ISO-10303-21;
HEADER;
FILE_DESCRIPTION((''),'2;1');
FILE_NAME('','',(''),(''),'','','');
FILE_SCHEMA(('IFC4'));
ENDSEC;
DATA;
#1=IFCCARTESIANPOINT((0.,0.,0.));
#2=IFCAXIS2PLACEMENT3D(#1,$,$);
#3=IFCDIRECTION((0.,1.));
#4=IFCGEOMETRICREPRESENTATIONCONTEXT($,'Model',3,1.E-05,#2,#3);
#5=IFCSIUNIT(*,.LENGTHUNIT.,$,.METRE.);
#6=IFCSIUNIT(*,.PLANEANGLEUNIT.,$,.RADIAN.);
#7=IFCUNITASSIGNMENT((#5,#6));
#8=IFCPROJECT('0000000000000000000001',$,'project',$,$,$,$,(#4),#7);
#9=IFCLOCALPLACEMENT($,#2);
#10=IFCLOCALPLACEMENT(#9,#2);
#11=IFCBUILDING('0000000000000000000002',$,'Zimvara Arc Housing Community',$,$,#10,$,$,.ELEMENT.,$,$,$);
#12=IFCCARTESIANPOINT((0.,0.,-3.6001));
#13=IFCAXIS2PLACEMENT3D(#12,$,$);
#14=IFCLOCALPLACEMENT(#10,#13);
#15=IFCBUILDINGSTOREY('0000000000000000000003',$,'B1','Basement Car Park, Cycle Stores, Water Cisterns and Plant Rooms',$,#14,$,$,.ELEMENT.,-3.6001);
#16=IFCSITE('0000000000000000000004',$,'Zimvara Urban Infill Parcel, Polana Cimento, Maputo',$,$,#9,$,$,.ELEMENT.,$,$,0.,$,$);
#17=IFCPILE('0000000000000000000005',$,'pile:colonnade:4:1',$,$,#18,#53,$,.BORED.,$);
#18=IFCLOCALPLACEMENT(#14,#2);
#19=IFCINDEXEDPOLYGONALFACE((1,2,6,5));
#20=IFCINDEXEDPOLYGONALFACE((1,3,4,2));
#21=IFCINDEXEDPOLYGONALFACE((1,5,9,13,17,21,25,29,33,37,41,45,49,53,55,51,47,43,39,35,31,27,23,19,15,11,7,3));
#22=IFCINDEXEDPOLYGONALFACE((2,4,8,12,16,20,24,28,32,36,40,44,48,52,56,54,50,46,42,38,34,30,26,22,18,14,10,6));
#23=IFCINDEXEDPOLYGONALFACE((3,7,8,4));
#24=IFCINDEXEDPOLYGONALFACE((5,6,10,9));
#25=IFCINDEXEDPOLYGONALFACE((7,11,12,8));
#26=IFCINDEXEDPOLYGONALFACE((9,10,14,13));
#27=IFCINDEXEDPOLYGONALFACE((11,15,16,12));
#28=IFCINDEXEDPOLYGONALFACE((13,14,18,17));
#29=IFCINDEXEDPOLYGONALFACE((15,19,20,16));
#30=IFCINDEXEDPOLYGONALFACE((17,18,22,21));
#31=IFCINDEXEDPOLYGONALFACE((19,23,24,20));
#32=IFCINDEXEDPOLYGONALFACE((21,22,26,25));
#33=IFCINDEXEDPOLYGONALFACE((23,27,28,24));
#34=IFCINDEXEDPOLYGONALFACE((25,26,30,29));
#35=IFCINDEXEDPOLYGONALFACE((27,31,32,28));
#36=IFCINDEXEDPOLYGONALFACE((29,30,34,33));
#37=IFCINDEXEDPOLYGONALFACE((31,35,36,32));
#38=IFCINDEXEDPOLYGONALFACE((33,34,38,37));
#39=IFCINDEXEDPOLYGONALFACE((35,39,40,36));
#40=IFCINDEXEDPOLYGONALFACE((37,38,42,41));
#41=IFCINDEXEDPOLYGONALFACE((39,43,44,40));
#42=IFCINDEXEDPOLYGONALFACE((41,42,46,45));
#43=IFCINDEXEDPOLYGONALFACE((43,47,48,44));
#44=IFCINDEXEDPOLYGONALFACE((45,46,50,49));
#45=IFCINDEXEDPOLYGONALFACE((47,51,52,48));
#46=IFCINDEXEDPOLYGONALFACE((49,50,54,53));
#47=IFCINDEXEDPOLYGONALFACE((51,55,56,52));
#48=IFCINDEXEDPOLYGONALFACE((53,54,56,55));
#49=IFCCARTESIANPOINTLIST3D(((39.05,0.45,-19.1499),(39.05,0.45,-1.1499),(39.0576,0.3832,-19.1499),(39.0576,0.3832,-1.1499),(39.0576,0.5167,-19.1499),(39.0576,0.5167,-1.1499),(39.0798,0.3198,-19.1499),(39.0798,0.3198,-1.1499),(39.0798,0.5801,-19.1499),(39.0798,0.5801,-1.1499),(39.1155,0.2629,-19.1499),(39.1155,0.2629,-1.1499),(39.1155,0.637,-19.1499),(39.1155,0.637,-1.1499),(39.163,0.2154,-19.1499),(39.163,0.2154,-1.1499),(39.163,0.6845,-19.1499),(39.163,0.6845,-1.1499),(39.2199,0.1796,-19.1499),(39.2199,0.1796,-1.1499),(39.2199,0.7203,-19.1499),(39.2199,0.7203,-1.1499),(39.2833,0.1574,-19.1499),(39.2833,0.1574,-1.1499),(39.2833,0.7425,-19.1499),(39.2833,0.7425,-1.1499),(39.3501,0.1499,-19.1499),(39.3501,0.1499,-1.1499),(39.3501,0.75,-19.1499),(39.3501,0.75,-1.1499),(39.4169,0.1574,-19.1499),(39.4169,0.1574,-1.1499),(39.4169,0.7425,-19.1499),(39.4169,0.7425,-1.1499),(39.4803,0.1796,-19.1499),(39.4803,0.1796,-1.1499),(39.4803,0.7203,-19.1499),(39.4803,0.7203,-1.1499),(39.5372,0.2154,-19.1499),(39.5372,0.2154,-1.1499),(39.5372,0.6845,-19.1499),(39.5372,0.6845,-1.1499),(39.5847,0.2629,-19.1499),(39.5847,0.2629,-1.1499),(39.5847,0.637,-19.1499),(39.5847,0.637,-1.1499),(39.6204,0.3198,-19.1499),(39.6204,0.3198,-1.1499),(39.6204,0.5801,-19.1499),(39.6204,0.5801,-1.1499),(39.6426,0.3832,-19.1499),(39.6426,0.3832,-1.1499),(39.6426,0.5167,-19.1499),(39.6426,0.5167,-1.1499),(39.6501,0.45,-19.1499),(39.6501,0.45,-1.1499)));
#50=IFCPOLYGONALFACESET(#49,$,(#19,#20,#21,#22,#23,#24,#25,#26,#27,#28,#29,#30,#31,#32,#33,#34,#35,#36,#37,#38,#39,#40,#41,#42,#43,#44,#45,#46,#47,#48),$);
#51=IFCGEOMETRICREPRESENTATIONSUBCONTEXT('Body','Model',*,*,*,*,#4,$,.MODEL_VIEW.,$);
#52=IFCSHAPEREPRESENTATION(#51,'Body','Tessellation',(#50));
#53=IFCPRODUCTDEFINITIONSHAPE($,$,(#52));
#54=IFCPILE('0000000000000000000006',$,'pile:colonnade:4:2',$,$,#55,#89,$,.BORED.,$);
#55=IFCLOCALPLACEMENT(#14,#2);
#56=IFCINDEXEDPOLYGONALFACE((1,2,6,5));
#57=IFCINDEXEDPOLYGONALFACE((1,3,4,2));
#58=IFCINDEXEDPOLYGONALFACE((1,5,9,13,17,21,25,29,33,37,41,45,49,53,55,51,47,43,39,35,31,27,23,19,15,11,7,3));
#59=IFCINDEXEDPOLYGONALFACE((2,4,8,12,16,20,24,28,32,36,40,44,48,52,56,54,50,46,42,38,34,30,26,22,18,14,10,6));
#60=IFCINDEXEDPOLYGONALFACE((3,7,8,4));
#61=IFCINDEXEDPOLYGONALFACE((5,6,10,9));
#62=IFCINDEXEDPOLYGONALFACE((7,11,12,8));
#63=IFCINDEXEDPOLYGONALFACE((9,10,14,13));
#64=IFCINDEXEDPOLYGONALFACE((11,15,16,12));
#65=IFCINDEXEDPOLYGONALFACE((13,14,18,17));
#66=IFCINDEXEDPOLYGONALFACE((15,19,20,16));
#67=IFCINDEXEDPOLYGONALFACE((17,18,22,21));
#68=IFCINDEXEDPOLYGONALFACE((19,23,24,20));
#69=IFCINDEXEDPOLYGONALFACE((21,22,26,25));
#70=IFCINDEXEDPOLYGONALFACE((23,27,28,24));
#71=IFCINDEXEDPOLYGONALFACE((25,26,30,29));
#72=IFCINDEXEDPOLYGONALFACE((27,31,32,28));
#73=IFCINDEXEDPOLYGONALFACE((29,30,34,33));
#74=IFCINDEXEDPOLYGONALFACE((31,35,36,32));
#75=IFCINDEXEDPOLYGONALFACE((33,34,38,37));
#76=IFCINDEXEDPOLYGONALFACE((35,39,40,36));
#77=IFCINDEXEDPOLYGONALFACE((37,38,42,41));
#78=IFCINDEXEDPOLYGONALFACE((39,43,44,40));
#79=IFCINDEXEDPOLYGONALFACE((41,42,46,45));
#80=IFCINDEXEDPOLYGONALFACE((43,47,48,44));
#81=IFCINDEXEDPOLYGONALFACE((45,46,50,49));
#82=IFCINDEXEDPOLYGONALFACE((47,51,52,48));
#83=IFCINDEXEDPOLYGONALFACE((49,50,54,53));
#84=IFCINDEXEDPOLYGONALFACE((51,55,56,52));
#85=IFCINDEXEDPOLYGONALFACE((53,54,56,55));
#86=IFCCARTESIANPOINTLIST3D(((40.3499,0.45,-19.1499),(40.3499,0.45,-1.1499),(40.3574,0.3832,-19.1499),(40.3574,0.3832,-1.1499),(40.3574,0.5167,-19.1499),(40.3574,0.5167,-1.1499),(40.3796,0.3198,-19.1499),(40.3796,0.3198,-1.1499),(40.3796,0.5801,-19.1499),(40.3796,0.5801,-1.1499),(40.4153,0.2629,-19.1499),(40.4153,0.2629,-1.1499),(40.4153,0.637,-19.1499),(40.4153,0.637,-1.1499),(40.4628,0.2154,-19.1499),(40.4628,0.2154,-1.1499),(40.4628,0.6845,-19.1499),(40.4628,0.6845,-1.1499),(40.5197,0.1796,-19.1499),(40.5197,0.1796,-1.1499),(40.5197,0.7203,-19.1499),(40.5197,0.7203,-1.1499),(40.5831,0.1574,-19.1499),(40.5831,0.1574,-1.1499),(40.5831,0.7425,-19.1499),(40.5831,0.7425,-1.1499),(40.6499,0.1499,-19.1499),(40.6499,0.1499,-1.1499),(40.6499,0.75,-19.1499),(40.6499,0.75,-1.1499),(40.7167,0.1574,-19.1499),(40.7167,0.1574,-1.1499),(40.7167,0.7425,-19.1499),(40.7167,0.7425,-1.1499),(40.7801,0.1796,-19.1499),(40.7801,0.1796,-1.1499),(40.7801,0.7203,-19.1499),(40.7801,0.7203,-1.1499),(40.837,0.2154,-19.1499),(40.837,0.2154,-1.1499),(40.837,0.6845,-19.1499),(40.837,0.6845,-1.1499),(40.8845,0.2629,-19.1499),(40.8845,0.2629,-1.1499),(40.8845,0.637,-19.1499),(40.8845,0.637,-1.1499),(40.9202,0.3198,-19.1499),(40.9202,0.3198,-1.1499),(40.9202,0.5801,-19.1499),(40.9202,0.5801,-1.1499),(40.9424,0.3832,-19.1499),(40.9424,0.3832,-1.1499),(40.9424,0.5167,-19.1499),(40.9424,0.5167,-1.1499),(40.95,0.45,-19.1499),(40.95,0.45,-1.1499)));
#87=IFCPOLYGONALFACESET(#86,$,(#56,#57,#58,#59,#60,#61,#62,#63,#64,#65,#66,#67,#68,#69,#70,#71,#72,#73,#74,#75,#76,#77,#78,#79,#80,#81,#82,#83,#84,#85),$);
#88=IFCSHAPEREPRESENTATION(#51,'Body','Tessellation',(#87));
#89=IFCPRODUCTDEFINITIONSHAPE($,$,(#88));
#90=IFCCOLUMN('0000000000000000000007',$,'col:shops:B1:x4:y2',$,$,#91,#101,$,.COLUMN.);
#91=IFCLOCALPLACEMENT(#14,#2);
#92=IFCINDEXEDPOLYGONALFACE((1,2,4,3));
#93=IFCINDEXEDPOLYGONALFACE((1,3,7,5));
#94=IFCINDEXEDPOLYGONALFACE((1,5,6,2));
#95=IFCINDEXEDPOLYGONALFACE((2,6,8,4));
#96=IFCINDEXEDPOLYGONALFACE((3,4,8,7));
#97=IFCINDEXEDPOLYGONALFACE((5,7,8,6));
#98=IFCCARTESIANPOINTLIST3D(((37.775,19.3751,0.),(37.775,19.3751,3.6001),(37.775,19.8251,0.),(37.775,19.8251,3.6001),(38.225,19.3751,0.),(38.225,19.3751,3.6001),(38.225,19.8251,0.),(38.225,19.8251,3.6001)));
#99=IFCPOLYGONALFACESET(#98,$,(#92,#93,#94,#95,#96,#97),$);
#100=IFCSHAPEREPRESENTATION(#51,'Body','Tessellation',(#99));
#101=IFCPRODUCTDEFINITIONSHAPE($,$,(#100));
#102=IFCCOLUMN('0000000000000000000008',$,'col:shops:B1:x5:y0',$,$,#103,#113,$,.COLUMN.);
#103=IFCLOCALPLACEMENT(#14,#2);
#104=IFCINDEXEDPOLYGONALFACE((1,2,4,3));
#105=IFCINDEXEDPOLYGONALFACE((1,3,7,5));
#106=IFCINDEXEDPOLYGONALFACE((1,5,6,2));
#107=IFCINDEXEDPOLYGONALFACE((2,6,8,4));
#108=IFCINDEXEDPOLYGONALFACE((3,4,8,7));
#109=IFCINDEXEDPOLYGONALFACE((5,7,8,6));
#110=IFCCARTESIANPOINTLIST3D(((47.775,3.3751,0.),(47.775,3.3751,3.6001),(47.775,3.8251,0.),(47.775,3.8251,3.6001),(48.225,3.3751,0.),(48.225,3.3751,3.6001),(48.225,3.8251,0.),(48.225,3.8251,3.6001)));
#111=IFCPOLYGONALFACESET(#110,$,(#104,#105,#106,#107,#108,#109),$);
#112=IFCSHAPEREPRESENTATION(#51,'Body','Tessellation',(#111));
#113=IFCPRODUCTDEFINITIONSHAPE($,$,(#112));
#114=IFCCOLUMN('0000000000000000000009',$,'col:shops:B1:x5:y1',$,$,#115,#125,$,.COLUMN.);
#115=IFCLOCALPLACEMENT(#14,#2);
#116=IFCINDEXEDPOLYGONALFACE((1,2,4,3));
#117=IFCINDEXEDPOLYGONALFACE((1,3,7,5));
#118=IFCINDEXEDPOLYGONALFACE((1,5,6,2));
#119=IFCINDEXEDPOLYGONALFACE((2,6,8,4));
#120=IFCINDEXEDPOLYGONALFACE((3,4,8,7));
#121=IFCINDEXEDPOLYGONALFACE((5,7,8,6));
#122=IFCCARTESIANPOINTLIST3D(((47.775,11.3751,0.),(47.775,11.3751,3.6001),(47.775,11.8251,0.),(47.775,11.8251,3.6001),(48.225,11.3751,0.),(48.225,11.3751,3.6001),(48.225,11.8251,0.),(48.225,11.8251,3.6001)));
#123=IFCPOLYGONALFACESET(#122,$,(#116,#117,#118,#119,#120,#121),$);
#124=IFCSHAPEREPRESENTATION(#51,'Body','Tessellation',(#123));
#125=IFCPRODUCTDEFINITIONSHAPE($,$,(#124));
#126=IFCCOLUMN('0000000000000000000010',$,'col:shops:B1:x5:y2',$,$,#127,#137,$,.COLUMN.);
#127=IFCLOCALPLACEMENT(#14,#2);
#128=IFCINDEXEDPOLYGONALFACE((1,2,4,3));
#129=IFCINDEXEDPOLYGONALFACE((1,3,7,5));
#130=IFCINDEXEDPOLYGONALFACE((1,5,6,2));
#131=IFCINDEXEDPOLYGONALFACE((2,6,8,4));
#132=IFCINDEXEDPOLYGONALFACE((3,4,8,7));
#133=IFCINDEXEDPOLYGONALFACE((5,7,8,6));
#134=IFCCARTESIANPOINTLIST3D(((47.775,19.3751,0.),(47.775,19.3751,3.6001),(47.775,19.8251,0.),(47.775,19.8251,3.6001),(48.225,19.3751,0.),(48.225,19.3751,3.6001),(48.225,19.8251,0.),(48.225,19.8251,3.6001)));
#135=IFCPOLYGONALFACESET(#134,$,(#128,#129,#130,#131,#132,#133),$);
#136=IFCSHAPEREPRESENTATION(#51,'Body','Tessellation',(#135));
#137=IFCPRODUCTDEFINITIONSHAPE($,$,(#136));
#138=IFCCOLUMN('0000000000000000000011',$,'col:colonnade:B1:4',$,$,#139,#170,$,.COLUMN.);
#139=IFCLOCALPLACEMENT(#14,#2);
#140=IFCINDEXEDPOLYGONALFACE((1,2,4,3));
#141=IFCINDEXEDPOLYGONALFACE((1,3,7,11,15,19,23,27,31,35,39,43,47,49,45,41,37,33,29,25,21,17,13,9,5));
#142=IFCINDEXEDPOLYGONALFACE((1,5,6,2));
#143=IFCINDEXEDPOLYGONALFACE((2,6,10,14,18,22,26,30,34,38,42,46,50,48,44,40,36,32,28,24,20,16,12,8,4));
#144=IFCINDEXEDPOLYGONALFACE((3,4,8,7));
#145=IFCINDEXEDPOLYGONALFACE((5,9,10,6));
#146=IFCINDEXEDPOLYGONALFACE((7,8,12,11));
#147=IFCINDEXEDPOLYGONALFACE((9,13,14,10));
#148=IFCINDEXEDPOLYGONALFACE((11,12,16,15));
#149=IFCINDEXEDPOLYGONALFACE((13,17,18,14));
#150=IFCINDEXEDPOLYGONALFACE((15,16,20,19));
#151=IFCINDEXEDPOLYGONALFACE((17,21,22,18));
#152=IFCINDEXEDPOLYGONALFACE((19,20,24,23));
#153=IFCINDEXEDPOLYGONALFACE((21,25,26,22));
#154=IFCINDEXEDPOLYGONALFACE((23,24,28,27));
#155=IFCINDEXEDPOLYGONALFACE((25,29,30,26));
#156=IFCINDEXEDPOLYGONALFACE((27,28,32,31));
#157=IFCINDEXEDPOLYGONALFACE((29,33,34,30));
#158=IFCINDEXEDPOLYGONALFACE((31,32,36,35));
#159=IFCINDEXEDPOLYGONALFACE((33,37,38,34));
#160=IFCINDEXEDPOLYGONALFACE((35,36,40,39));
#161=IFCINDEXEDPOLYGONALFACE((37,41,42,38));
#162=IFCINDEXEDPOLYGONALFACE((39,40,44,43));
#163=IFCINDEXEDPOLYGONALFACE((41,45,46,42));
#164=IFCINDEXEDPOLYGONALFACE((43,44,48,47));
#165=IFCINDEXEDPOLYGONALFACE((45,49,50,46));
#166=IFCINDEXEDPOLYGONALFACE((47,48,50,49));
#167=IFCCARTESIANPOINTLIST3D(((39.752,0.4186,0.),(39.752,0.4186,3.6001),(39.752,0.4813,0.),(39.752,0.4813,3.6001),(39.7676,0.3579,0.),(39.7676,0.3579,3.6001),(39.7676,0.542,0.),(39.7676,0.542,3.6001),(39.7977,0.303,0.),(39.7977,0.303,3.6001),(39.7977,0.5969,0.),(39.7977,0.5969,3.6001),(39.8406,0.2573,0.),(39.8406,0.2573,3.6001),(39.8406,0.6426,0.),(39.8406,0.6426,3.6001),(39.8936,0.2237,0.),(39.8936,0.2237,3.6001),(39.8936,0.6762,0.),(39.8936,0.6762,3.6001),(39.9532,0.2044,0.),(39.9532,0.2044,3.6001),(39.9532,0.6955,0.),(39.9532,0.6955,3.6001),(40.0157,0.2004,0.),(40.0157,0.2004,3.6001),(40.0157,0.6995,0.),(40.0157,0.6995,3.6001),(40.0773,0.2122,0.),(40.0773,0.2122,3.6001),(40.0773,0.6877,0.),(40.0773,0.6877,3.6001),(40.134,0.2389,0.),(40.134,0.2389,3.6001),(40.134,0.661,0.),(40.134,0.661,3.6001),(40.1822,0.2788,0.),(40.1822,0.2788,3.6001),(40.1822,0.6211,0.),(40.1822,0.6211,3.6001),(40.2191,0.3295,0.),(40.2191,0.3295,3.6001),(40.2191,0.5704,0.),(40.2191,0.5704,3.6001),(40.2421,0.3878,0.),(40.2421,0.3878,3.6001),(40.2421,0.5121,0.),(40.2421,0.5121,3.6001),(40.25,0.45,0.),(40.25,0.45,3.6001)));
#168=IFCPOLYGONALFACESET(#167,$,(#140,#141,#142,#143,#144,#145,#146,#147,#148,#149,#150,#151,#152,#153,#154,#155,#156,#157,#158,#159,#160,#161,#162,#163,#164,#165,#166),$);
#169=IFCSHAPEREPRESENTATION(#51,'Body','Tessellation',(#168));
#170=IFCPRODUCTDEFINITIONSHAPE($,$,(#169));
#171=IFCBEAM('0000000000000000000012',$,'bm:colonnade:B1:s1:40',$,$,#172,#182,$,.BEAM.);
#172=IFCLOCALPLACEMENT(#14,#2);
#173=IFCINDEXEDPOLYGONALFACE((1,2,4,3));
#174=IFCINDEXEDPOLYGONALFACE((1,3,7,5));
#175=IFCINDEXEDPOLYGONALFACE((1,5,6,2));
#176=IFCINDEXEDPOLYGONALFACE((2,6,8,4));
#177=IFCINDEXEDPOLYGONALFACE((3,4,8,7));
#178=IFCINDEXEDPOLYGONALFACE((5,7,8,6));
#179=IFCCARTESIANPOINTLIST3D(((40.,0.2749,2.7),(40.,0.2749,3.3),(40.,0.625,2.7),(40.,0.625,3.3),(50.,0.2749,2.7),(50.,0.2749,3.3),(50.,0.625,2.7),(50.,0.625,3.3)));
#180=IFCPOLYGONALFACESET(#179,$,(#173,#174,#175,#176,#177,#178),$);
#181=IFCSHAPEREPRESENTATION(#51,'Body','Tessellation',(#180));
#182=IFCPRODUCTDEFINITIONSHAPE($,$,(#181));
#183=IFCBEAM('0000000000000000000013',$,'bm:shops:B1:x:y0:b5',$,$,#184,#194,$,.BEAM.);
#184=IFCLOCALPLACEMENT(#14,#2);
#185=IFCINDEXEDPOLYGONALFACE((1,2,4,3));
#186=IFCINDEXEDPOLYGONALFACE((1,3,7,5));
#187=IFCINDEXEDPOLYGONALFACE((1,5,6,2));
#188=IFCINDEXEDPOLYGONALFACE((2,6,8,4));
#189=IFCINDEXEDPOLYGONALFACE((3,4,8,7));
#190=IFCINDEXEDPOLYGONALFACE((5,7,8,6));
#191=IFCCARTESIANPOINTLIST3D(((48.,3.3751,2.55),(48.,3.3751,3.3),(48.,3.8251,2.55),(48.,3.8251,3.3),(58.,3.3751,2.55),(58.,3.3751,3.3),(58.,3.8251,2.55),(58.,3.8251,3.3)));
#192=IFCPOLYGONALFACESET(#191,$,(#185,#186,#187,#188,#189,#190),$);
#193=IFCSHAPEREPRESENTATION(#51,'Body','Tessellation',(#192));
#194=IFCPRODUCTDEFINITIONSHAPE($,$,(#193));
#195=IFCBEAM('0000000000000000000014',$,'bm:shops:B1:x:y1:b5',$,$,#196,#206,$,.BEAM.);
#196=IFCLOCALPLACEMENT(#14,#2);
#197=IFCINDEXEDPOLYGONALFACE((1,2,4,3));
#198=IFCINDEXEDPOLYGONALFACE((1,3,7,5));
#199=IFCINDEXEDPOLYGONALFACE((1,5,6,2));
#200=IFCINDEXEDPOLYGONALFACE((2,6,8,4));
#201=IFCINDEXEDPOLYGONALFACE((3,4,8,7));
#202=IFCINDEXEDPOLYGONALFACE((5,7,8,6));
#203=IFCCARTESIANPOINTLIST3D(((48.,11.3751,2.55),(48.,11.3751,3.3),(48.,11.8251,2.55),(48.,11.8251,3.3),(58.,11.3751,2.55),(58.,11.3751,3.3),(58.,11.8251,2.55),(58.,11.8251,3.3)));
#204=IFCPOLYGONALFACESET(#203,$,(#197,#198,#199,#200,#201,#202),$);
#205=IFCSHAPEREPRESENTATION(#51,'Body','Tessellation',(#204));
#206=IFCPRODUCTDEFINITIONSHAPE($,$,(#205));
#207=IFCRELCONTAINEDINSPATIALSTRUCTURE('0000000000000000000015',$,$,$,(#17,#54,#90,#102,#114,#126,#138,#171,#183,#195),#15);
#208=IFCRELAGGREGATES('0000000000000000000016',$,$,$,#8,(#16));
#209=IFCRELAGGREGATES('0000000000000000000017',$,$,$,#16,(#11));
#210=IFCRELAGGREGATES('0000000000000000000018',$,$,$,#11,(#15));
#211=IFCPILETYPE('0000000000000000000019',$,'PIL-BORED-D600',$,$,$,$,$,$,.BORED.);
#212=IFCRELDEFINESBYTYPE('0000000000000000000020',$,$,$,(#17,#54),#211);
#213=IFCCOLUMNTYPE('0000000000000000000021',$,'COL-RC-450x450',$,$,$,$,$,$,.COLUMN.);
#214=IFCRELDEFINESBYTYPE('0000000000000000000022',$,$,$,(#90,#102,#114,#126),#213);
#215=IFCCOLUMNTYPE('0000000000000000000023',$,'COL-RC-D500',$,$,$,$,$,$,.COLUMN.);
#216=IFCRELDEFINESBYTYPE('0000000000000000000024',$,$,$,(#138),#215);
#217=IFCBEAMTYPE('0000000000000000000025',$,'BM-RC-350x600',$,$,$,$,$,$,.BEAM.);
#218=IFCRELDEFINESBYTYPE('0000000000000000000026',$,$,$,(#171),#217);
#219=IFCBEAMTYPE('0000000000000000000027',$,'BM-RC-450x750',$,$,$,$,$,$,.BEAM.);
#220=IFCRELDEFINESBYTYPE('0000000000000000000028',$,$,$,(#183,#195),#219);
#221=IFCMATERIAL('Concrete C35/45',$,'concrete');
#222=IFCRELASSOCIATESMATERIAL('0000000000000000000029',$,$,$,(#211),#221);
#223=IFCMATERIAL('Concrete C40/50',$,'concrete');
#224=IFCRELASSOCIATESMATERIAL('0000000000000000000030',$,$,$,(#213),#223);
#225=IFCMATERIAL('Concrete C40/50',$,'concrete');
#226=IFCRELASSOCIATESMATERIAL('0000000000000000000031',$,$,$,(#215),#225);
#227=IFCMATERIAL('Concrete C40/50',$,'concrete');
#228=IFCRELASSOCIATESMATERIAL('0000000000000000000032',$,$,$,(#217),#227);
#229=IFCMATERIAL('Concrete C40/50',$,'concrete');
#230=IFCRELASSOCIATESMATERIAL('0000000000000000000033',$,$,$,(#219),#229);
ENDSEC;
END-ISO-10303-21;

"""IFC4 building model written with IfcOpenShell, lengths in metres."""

from ifc_helpers import new_model, si_unit, direction, frame, origin, origin_2d, place, context, subcontext, project, spatial, rectangle, circle, extrude, material, material_profile, profile_set, type_object, element, save


model = new_model("IFC4")

# Units and contexts
model_context = context("Model", 3, precision=1e-05, world=origin(), true_north=direction((0.0, 1.0)))
body_context = subcontext(model_context, "Body", "Model", "MODEL_VIEW")
ifc_project = project(units=[si_unit("LENGTHUNIT", "METRE"), si_unit("PLANEANGLEUNIT", "RADIAN")], contexts=[model_context])

# Site, building, storey
site_placement = place(None, origin())
site = spatial("IfcSite", under=ifc_project, at=site_placement, Name="Zimvara Urban Infill Parcel, Polana Cimento, Maputo", CompositionType="ELEMENT", RefElevation=0.0)
building_placement = place(site_placement, origin())
building = spatial("IfcBuilding", under=site, at=building_placement, Name="Zimvara Arc Housing Community", CompositionType="ELEMENT")
storey_placement = place(building_placement, frame((0.0, 0.0, -3.6001)))
storey = spatial("IfcBuildingStorey", under=building, at=storey_placement, Name="B1", Description="Basement Car Park, Cycle Stores, Water Cisterns and Plant Rooms", CompositionType="ELEMENT", Elevation=-3.6001)

# Piles
ifc_material_1 = material(Name="Concrete C35/45", Category="concrete")
ifc_material_profile_1 = material_profile(ifc_material_1, circle(Radius=0.3, at=origin_2d()), Name="PILE D600")
ifc_profile_set_1 = profile_set([ifc_material_profile_1], Name="Concrete C35/45")
pile_type = type_object("IfcPileType", Name="PIL-BORED-D600", PredefinedType="BORED", material=ifc_profile_set_1)
for number, where, z_axis, x_axis, name in (
    (1, (39.3501, 0.45, -1.1499), (0.0, 0.0, -1.0), (1.0, 0.0, 0.0), "pile:colonnade:4:1"),
    (2, (40.6499, 0.45, -1.1499), (0.0, 0.0, -1.0), (1.0, 0.0, 0.0), "pile:colonnade:4:2"),
):
    element("IfcPile", number, at=place(storey_placement, frame(where, z_axis=z_axis, x_axis=x_axis)), inside=storey, type_object=pile_type, Name=name, PredefinedType="BORED", context=body_context, shape_type="SweptSolid", body=[
        extrude(circle(Radius=0.3, at=origin_2d()), origin(), (0.0, 0.0, 1.0), 18.0),
    ])

# Columns
ifc_material_2 = material(Name="Concrete C40/50", Category="concrete")
ifc_material_profile_2 = material_profile(ifc_material_2, rectangle(XDim=0.45, YDim=0.45, at=origin_2d()), Name="RC 450x450")
ifc_profile_set_2 = profile_set([ifc_material_profile_2], Name="Concrete C40/50")
column_type_1 = type_object("IfcColumnType", Name="COL-RC-450x450", PredefinedType="COLUMN", material=ifc_profile_set_2)
for number, where, z_axis, x_axis, name in (
    (3, (38.0, 19.6001, 0.0), (0.0, 0.0, 1.0), (1.0, 0.0, 0.0), "col:shops:B1:x4:y2"),
    (4, (48.0, 3.6001, 0.0), (0.0, 0.0, 1.0), (1.0, 0.0, 0.0), "col:shops:B1:x5:y0"),
    (5, (48.0, 11.6001, 0.0), (0.0, 0.0, 1.0), (1.0, 0.0, 0.0), "col:shops:B1:x5:y1"),
    (6, (48.0, 19.6001, 0.0), (0.0, 0.0, 1.0), (1.0, 0.0, 0.0), "col:shops:B1:x5:y2"),
):
    element("IfcColumn", number, at=place(storey_placement, frame(where, z_axis=z_axis, x_axis=x_axis)), inside=storey, type_object=column_type_1, Name=name, PredefinedType="COLUMN", context=body_context, shape_type="SweptSolid", body=[
        extrude(rectangle(XDim=0.45, YDim=0.45, at=origin_2d()), origin(), (0.0, 0.0, 1.0), 3.6001),
    ])
ifc_material_3 = material(Name="Concrete C40/50", Category="concrete")
ifc_material_profile_3 = material_profile(ifc_material_3, circle(Radius=0.25, at=origin_2d()), Name="RC D500")
ifc_profile_set_3 = profile_set([ifc_material_profile_3], Name="Concrete C40/50")
column_type_2 = type_object("IfcColumnType", Name="COL-RC-D500", PredefinedType="COLUMN", material=ifc_profile_set_3)
column_placement = place(storey_placement, frame((40.0, 0.45, 0.0), z_axis=(0.0, 0.0, 1.0), x_axis=(1.0, 0.0, 0.0)))
element("IfcColumn", 7, at=column_placement, inside=storey, type_object=column_type_2, Name="col:colonnade:B1:4", PredefinedType="COLUMN", context=body_context, shape_type="SweptSolid", body=[
    extrude(circle(Radius=0.25, at=origin_2d()), origin(), (0.0, 0.0, 1.0), 3.6001),
])

# Beams
ifc_material_4 = material(Name="Concrete C40/50", Category="concrete")
ifc_material_profile_4 = material_profile(ifc_material_4, rectangle(XDim=0.3501, YDim=0.6001, at=origin_2d()), Name="RC 350x600")
ifc_profile_set_4 = profile_set([ifc_material_profile_4], Name="Concrete C40/50")
beam_type_1 = type_object("IfcBeamType", Name="BM-RC-350x600", PredefinedType="BEAM", material=ifc_profile_set_4)
beam_placement = place(storey_placement, frame((40.0, 0.45, 3.0), z_axis=(1.0, 0.0, 0.0), x_axis=(0.0, 1.0, 0.0)))
element("IfcBeam", 8, at=beam_placement, inside=storey, type_object=beam_type_1, Name="bm:colonnade:B1:s1:40", PredefinedType="BEAM", context=body_context, shape_type="SweptSolid", body=[
    extrude(rectangle(XDim=0.3501, YDim=0.6001, at=origin_2d()), origin(), (0.0, 0.0, 1.0), 10.0),
])
ifc_material_5 = material(Name="Concrete C40/50", Category="concrete")
ifc_material_profile_5 = material_profile(ifc_material_5, rectangle(XDim=0.45, YDim=0.75, at=origin_2d()), Name="RC 450x750")
ifc_profile_set_5 = profile_set([ifc_material_profile_5], Name="Concrete C40/50")
beam_type_2 = type_object("IfcBeamType", Name="BM-RC-450x750", PredefinedType="BEAM", material=ifc_profile_set_5)
for number, where, z_axis, x_axis, name in (
    (9, (48.0, 3.6001, 2.925), (1.0, 0.0, 0.0), (0.0, 1.0, 0.0), "bm:shops:B1:x:y0:b5"),
    (10, (48.0, 11.6001, 2.925), (1.0, 0.0, 0.0), (0.0, 1.0, 0.0), "bm:shops:B1:x:y1:b5"),
):
    element("IfcBeam", number, at=place(storey_placement, frame(where, z_axis=z_axis, x_axis=x_axis)), inside=storey, type_object=beam_type_2, Name=name, PredefinedType="BEAM", context=body_context, shape_type="SweptSolid", body=[
        extrude(rectangle(XDim=0.45, YDim=0.75, at=origin_2d()), origin(), (0.0, 0.0, 1.0), 10.0),
    ])

save(model, "model.ifc")
